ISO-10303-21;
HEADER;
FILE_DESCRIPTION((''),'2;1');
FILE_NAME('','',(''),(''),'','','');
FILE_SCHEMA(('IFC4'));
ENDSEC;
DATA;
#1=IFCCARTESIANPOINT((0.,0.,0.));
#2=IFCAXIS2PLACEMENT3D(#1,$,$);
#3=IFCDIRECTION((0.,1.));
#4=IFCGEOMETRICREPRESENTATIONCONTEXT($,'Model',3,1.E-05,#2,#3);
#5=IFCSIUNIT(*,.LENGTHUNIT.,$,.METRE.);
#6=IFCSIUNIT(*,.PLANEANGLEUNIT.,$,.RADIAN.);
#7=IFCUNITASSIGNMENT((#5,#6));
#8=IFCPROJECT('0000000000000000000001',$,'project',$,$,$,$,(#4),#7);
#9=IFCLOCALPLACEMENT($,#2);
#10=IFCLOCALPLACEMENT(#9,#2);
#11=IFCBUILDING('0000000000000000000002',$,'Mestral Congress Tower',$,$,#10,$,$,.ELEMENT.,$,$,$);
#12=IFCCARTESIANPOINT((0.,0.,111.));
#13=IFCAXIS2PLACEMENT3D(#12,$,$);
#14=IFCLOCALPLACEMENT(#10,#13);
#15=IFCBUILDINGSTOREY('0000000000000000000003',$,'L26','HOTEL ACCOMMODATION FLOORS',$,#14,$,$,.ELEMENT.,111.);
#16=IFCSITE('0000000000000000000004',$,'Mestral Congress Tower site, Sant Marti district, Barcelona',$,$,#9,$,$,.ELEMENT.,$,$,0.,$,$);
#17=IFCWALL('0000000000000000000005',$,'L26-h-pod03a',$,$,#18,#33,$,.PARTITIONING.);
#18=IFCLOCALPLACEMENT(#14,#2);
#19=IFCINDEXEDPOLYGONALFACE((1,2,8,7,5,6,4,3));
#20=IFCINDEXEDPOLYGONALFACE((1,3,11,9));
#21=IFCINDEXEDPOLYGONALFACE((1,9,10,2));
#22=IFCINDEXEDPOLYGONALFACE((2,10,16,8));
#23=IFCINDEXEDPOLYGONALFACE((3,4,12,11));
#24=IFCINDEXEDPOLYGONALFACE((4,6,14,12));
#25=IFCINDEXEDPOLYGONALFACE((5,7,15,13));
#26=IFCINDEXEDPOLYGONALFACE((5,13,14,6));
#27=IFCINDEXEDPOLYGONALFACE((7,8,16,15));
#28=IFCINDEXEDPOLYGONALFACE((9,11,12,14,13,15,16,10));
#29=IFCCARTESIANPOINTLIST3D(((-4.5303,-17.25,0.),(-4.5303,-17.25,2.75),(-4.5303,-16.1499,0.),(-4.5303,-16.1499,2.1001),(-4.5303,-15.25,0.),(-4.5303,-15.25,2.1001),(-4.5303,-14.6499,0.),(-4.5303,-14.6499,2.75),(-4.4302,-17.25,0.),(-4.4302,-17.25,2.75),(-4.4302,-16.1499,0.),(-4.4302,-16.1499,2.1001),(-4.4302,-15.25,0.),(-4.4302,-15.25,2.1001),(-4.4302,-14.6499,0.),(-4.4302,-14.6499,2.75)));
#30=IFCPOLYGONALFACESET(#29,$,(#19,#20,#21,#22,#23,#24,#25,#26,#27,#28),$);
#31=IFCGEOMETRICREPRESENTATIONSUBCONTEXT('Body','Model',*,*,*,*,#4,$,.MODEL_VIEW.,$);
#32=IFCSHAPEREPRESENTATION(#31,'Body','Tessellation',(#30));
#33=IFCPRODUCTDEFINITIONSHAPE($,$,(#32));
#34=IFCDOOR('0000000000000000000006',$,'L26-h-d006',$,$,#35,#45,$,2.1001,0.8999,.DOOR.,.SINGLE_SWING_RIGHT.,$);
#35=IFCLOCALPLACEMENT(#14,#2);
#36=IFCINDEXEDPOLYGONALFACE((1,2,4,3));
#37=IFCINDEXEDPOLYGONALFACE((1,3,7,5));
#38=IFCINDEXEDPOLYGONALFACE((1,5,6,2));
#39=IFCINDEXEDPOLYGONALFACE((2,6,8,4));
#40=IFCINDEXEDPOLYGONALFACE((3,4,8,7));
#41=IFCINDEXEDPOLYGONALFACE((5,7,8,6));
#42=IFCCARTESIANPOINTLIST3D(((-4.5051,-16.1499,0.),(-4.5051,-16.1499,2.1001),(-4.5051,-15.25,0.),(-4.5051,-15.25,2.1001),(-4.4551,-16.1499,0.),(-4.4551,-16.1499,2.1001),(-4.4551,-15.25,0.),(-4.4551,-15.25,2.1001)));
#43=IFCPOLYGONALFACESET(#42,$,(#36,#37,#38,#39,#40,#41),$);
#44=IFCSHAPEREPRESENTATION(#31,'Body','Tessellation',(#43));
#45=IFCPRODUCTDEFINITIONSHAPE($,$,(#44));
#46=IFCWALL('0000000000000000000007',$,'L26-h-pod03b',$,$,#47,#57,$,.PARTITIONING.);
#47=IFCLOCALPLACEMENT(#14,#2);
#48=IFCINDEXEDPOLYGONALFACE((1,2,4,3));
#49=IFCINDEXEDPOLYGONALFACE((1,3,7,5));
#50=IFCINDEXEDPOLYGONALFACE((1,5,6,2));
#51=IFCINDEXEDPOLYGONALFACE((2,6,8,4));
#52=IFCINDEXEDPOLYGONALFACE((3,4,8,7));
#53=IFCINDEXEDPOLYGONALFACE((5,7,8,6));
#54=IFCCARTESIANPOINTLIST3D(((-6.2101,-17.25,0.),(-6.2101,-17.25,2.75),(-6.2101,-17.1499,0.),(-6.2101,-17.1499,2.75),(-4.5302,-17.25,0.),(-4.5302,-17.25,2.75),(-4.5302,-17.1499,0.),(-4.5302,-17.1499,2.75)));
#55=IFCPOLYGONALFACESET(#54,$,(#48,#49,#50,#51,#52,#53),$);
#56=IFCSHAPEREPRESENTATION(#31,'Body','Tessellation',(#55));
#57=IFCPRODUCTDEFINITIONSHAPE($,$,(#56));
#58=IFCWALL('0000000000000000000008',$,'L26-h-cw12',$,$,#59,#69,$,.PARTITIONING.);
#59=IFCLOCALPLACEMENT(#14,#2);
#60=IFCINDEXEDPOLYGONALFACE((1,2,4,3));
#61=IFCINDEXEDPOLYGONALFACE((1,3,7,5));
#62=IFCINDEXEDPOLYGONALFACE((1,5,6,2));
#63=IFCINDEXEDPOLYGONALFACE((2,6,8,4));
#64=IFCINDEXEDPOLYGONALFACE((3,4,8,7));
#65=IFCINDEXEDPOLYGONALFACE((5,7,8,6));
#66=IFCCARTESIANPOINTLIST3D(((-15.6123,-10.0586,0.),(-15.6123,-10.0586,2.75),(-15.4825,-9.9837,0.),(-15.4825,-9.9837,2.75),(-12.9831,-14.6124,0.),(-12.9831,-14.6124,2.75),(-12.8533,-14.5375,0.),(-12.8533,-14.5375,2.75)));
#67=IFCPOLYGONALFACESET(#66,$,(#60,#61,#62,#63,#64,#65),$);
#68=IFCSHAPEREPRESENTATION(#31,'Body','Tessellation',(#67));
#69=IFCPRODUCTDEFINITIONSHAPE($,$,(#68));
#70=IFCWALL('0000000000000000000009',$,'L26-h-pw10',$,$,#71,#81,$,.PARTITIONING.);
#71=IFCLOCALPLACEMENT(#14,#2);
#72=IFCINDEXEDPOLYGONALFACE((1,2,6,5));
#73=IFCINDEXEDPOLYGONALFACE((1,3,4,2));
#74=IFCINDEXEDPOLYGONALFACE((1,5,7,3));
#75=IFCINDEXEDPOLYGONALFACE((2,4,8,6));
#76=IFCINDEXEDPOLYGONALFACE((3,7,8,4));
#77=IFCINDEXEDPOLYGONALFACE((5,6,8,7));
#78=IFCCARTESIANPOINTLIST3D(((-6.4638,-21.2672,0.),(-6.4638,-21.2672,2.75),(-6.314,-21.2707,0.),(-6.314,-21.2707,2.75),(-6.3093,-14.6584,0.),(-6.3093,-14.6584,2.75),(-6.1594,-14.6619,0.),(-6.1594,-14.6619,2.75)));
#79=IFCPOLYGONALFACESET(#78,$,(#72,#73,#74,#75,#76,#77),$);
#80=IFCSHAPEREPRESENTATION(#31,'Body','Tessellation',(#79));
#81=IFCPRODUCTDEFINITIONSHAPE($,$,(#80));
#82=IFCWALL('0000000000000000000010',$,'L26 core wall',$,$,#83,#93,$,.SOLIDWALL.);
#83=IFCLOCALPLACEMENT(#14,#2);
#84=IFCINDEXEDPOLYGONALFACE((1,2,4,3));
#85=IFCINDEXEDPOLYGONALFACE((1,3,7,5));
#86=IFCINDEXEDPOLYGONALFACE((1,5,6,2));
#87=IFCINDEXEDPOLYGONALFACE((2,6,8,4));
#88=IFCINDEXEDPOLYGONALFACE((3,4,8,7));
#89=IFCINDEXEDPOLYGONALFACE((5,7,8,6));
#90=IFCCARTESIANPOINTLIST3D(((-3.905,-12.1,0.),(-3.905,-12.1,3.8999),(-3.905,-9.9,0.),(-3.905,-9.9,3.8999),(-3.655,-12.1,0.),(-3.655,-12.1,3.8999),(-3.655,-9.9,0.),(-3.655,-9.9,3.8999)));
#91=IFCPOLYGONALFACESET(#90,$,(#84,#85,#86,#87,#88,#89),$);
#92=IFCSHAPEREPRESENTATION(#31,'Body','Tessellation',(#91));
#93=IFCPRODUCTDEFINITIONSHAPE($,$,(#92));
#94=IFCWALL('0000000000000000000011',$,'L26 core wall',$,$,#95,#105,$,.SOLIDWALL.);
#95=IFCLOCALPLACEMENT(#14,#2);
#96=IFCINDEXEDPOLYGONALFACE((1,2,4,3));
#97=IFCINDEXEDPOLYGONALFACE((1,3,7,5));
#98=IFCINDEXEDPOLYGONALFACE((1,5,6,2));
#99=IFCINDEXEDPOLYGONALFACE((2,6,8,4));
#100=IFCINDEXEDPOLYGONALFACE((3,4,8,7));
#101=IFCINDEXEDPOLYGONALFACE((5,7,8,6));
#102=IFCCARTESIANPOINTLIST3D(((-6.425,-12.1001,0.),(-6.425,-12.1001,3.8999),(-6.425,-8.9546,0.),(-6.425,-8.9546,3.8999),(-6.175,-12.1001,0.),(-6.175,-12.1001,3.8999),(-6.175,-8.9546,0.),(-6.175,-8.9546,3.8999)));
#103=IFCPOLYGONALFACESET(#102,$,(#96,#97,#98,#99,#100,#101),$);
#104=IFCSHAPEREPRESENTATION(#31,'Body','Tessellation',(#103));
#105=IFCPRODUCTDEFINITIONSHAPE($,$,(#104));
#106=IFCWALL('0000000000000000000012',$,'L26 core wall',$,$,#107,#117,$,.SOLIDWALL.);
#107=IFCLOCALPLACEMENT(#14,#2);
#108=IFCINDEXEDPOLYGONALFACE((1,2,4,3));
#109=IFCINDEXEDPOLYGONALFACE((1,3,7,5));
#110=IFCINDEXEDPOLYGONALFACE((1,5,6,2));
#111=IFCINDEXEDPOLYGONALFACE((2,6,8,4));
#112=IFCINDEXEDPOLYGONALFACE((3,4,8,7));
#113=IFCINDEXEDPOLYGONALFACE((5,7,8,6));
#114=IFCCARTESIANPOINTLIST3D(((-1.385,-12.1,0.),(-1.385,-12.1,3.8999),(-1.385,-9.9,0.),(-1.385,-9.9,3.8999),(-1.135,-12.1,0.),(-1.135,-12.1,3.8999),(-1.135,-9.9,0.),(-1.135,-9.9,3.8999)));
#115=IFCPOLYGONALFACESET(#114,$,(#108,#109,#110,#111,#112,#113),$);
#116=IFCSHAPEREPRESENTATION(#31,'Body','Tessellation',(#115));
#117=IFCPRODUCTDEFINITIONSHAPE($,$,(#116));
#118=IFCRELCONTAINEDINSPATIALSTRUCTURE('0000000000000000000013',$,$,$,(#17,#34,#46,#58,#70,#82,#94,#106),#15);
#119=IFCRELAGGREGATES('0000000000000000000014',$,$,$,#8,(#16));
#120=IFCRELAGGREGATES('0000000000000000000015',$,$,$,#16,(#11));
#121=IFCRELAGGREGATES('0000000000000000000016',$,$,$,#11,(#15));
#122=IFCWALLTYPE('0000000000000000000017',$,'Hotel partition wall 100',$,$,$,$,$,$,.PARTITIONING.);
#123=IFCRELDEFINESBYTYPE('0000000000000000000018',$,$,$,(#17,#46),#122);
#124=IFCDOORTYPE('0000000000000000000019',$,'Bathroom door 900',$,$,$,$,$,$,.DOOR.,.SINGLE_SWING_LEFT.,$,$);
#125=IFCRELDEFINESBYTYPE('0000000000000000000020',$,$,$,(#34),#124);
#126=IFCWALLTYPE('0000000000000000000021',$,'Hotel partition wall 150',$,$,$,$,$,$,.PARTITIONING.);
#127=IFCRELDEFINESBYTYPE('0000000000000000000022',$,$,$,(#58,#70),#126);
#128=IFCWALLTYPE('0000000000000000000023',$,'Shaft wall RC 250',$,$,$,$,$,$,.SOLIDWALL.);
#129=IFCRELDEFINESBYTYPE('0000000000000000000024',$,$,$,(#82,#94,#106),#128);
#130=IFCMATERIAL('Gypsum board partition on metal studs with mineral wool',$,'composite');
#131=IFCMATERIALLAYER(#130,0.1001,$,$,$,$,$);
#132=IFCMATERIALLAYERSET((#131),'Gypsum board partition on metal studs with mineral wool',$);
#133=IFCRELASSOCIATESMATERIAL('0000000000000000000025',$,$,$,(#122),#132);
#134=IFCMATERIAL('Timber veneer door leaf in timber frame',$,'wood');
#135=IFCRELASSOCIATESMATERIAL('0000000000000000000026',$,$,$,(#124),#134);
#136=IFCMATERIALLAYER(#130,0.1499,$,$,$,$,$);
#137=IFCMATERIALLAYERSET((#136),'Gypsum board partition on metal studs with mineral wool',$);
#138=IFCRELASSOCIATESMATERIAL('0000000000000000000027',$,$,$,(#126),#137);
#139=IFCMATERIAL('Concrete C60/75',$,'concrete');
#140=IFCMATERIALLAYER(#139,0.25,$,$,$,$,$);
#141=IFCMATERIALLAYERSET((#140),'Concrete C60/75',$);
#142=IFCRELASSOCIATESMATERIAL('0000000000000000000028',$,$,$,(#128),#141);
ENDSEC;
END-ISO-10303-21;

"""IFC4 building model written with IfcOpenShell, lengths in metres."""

from ifc_helpers import new_model, si_unit, direction, frame, frame_2d, origin, place, context, subcontext, project, spatial, rectangle, extrude, material, layer, layer_set, type_object, element, fill, save


model = new_model("IFC4")

# Units and contexts
model_context = context("Model", 3, precision=1e-05, world=origin(), true_north=direction((0.0, 1.0)))
body_context = subcontext(model_context, "Body", "Model", "MODEL_VIEW")
ifc_project = project(units=[si_unit("LENGTHUNIT", "METRE"), si_unit("PLANEANGLEUNIT", "RADIAN")], contexts=[model_context])

# Site, building, storey
site_placement = place(None, origin())
site = spatial("IfcSite", under=ifc_project, at=site_placement, Name="Mestral Congress Tower site, Sant Marti district, Barcelona", CompositionType="ELEMENT", RefElevation=0.0)
building_placement = place(site_placement, origin())
building = spatial("IfcBuilding", under=site, at=building_placement, Name="Mestral Congress Tower", CompositionType="ELEMENT")
storey_placement = place(building_placement, frame((0.0, 0.0, 111.0)))
storey = spatial("IfcBuildingStorey", under=building, at=storey_placement, Name="L26", Description="HOTEL ACCOMMODATION FLOORS", CompositionType="ELEMENT", Elevation=111.0)

# Shared definitions
ifc_material_1 = material(Name="Concrete C60/75", Category="concrete")

# Shared definitions
ifc_material_2 = material(Name="Gypsum board partition on metal studs with mineral wool", Category="composite")
ifc_layer_1 = layer(ifc_material_2, 0.1001)
ifc_layer_set_1 = layer_set([ifc_layer_1], Name="Gypsum board partition on metal studs with mineral wool")
wall_type_1 = type_object("IfcWallType", Name="Hotel partition wall 100", PredefinedType="PARTITIONING", material=ifc_layer_set_1)
ifc_material_3 = material(Name="Timber veneer door leaf in timber frame", Category="wood")
door_type = type_object("IfcDoorType", Name="Bathroom door 900", OperationType="SINGLE_SWING_LEFT", PredefinedType="DOOR", material=ifc_material_3)

# Wall, opening, door
wall_1_placement = place(storey_placement, frame((-4.4802, -17.25, 0.0), z_axis=(0.0, 0.0, 1.0), x_axis=(0.0, 1.0, 0.0)))
wall_1 = element("IfcWall", 1, at=wall_1_placement, inside=storey, type_object=wall_type_1, Name="L26-h-pod03a", PredefinedType="PARTITIONING", context=body_context, shape_type="SweptSolid", body=[
    extrude(rectangle(XDim=2.6001, YDim=0.1001, at=frame_2d((1.3, 0.0))), origin(), (0.0, 0.0, 1.0), 2.75),
])
opening_1_placement = place(wall_1_placement, frame((1.1001, 0.0, 0.0)))
opening_1 = element("IfcOpeningElement", 2, at=opening_1_placement, cuts=wall_1, PredefinedType="OPENING", context=body_context, shape_type="SweptSolid", body=[
    extrude(rectangle(XDim=0.8999, YDim=2.1001, at=frame_2d((0.45, 1.05))), frame((0.0, 0.0601, 0.0), z_axis=(0.0, -1.0, 0.0), x_axis=(1.0, 0.0, 0.0)), (0.0, 0.0, 1.0), 0.1201),
])
door_1_placement = place(opening_1_placement, origin())
door_1 = element("IfcDoor", 3, at=door_1_placement, inside=storey, type_object=door_type, Name="L26-h-d006", OperationType="SINGLE_SWING_RIGHT", OverallHeight=2.1001, OverallWidth=0.8999, PredefinedType="DOOR", context=body_context, shape_type="SweptSolid", body=[
    extrude(rectangle(XDim=0.8999, YDim=2.1001, at=frame_2d((0.45, 1.05))), frame((0.0, 0.0249, 0.0), z_axis=(0.0, -1.0, 0.0), x_axis=(1.0, 0.0, 0.0)), (0.0, 0.0, 1.0), 0.05),
])
fill(opening_1, door_1)

# Walls
wall_2_placement = place(storey_placement, frame((-4.5303, -17.2, 0.0), z_axis=(0.0, 0.0, 1.0), x_axis=(-1.0, 0.0, 0.0)))
element("IfcWall", 4, at=wall_2_placement, inside=storey, type_object=wall_type_1, Name="L26-h-pod03b", PredefinedType="PARTITIONING", context=body_context, shape_type="SweptSolid", body=[
    extrude(rectangle(XDim=1.6799, YDim=0.1001, at=frame_2d((0.8398, 0.0))), origin(), (0.0, 0.0, 1.0), 2.75),
])
ifc_layer_2 = layer(ifc_material_2, 0.1499)
ifc_layer_set_2 = layer_set([ifc_layer_2], Name="Gypsum board partition on metal studs with mineral wool")
wall_type_2 = type_object("IfcWallType", Name="Hotel partition wall 150", PredefinedType="PARTITIONING", material=ifc_layer_set_2)
wall_3_placement = place(storey_placement, frame((-12.9182, -14.575, 0.0), z_axis=(0.0, 0.0, 1.0), x_axis=(-0.500009, 0.86602, 0.0)))
element("IfcWall", 5, at=wall_3_placement, inside=storey, type_object=wall_type_2, Name="L26-h-cw12", PredefinedType="PARTITIONING", context=body_context, shape_type="SweptSolid", body=[
    extrude(rectangle(XDim=5.2583, YDim=0.1499, at=frame_2d((2.6292, 0.0))), origin(), (0.0, 0.0, 1.0), 2.75),
])
wall_4_placement = place(storey_placement, frame((-6.3889, -21.2688, 0.0), z_axis=(0.0, 0.0, 1.0), x_axis=(0.023377, 0.999727, 0.0)))
element("IfcWall", 6, at=wall_4_placement, inside=storey, type_object=wall_type_2, Name="L26-h-pw10", PredefinedType="PARTITIONING", context=body_context, shape_type="SweptSolid", body=[
    extrude(rectangle(XDim=6.6106, YDim=0.1499, at=frame_2d((3.3052, 0.0))), origin(), (0.0, 0.0, 1.0), 2.75),
])
ifc_layer_3 = layer(ifc_material_1, 0.25)
ifc_layer_set_3 = layer_set([ifc_layer_3], Name="Concrete C60/75")
wall_type_3 = type_object("IfcWallType", Name="Shaft wall RC 250", PredefinedType="SOLIDWALL", material=ifc_layer_set_3)
wall_5_placement = place(storey_placement, frame((-3.78, -12.1001, 0.0), z_axis=(0.0, 0.0, 1.0), x_axis=(0.0, 1.0, 0.0)))
element("IfcWall", 7, at=wall_5_placement, inside=storey, type_object=wall_type_3, Name="L26 core wall", PredefinedType="SOLIDWALL", context=body_context, shape_type="SweptSolid", body=[
    extrude(rectangle(XDim=2.2, YDim=0.25, at=frame_2d((1.1001, 0.0))), origin(), (0.0, 0.0, 1.0), 3.8999),
])
wall_6_placement = place(storey_placement, frame((-6.3, -12.1001, 0.0), z_axis=(0.0, 0.0, 1.0), x_axis=(0.0, 1.0, 0.0)))
element("IfcWall", 8, at=wall_6_placement, inside=storey, type_object=wall_type_3, Name="L26 core wall", PredefinedType="SOLIDWALL", context=body_context, shape_type="SweptSolid", body=[
    extrude(rectangle(XDim=3.1455, YDim=0.25, at=frame_2d((1.5728, 0.0))), origin(), (0.0, 0.0, 1.0), 3.8999),
])
wall_7_placement = place(storey_placement, frame((-1.26, -12.1001, 0.0), z_axis=(0.0, 0.0, 1.0), x_axis=(0.0, 1.0, 0.0)))
element("IfcWall", 9, at=wall_7_placement, inside=storey, type_object=wall_type_3, Name="L26 core wall", PredefinedType="SOLIDWALL", context=body_context, shape_type="SweptSolid", body=[
    extrude(rectangle(XDim=2.2, YDim=0.25, at=frame_2d((1.1001, 0.0))), origin(), (0.0, 0.0, 1.0), 3.8999),
])

save(model, "model.ifc")
